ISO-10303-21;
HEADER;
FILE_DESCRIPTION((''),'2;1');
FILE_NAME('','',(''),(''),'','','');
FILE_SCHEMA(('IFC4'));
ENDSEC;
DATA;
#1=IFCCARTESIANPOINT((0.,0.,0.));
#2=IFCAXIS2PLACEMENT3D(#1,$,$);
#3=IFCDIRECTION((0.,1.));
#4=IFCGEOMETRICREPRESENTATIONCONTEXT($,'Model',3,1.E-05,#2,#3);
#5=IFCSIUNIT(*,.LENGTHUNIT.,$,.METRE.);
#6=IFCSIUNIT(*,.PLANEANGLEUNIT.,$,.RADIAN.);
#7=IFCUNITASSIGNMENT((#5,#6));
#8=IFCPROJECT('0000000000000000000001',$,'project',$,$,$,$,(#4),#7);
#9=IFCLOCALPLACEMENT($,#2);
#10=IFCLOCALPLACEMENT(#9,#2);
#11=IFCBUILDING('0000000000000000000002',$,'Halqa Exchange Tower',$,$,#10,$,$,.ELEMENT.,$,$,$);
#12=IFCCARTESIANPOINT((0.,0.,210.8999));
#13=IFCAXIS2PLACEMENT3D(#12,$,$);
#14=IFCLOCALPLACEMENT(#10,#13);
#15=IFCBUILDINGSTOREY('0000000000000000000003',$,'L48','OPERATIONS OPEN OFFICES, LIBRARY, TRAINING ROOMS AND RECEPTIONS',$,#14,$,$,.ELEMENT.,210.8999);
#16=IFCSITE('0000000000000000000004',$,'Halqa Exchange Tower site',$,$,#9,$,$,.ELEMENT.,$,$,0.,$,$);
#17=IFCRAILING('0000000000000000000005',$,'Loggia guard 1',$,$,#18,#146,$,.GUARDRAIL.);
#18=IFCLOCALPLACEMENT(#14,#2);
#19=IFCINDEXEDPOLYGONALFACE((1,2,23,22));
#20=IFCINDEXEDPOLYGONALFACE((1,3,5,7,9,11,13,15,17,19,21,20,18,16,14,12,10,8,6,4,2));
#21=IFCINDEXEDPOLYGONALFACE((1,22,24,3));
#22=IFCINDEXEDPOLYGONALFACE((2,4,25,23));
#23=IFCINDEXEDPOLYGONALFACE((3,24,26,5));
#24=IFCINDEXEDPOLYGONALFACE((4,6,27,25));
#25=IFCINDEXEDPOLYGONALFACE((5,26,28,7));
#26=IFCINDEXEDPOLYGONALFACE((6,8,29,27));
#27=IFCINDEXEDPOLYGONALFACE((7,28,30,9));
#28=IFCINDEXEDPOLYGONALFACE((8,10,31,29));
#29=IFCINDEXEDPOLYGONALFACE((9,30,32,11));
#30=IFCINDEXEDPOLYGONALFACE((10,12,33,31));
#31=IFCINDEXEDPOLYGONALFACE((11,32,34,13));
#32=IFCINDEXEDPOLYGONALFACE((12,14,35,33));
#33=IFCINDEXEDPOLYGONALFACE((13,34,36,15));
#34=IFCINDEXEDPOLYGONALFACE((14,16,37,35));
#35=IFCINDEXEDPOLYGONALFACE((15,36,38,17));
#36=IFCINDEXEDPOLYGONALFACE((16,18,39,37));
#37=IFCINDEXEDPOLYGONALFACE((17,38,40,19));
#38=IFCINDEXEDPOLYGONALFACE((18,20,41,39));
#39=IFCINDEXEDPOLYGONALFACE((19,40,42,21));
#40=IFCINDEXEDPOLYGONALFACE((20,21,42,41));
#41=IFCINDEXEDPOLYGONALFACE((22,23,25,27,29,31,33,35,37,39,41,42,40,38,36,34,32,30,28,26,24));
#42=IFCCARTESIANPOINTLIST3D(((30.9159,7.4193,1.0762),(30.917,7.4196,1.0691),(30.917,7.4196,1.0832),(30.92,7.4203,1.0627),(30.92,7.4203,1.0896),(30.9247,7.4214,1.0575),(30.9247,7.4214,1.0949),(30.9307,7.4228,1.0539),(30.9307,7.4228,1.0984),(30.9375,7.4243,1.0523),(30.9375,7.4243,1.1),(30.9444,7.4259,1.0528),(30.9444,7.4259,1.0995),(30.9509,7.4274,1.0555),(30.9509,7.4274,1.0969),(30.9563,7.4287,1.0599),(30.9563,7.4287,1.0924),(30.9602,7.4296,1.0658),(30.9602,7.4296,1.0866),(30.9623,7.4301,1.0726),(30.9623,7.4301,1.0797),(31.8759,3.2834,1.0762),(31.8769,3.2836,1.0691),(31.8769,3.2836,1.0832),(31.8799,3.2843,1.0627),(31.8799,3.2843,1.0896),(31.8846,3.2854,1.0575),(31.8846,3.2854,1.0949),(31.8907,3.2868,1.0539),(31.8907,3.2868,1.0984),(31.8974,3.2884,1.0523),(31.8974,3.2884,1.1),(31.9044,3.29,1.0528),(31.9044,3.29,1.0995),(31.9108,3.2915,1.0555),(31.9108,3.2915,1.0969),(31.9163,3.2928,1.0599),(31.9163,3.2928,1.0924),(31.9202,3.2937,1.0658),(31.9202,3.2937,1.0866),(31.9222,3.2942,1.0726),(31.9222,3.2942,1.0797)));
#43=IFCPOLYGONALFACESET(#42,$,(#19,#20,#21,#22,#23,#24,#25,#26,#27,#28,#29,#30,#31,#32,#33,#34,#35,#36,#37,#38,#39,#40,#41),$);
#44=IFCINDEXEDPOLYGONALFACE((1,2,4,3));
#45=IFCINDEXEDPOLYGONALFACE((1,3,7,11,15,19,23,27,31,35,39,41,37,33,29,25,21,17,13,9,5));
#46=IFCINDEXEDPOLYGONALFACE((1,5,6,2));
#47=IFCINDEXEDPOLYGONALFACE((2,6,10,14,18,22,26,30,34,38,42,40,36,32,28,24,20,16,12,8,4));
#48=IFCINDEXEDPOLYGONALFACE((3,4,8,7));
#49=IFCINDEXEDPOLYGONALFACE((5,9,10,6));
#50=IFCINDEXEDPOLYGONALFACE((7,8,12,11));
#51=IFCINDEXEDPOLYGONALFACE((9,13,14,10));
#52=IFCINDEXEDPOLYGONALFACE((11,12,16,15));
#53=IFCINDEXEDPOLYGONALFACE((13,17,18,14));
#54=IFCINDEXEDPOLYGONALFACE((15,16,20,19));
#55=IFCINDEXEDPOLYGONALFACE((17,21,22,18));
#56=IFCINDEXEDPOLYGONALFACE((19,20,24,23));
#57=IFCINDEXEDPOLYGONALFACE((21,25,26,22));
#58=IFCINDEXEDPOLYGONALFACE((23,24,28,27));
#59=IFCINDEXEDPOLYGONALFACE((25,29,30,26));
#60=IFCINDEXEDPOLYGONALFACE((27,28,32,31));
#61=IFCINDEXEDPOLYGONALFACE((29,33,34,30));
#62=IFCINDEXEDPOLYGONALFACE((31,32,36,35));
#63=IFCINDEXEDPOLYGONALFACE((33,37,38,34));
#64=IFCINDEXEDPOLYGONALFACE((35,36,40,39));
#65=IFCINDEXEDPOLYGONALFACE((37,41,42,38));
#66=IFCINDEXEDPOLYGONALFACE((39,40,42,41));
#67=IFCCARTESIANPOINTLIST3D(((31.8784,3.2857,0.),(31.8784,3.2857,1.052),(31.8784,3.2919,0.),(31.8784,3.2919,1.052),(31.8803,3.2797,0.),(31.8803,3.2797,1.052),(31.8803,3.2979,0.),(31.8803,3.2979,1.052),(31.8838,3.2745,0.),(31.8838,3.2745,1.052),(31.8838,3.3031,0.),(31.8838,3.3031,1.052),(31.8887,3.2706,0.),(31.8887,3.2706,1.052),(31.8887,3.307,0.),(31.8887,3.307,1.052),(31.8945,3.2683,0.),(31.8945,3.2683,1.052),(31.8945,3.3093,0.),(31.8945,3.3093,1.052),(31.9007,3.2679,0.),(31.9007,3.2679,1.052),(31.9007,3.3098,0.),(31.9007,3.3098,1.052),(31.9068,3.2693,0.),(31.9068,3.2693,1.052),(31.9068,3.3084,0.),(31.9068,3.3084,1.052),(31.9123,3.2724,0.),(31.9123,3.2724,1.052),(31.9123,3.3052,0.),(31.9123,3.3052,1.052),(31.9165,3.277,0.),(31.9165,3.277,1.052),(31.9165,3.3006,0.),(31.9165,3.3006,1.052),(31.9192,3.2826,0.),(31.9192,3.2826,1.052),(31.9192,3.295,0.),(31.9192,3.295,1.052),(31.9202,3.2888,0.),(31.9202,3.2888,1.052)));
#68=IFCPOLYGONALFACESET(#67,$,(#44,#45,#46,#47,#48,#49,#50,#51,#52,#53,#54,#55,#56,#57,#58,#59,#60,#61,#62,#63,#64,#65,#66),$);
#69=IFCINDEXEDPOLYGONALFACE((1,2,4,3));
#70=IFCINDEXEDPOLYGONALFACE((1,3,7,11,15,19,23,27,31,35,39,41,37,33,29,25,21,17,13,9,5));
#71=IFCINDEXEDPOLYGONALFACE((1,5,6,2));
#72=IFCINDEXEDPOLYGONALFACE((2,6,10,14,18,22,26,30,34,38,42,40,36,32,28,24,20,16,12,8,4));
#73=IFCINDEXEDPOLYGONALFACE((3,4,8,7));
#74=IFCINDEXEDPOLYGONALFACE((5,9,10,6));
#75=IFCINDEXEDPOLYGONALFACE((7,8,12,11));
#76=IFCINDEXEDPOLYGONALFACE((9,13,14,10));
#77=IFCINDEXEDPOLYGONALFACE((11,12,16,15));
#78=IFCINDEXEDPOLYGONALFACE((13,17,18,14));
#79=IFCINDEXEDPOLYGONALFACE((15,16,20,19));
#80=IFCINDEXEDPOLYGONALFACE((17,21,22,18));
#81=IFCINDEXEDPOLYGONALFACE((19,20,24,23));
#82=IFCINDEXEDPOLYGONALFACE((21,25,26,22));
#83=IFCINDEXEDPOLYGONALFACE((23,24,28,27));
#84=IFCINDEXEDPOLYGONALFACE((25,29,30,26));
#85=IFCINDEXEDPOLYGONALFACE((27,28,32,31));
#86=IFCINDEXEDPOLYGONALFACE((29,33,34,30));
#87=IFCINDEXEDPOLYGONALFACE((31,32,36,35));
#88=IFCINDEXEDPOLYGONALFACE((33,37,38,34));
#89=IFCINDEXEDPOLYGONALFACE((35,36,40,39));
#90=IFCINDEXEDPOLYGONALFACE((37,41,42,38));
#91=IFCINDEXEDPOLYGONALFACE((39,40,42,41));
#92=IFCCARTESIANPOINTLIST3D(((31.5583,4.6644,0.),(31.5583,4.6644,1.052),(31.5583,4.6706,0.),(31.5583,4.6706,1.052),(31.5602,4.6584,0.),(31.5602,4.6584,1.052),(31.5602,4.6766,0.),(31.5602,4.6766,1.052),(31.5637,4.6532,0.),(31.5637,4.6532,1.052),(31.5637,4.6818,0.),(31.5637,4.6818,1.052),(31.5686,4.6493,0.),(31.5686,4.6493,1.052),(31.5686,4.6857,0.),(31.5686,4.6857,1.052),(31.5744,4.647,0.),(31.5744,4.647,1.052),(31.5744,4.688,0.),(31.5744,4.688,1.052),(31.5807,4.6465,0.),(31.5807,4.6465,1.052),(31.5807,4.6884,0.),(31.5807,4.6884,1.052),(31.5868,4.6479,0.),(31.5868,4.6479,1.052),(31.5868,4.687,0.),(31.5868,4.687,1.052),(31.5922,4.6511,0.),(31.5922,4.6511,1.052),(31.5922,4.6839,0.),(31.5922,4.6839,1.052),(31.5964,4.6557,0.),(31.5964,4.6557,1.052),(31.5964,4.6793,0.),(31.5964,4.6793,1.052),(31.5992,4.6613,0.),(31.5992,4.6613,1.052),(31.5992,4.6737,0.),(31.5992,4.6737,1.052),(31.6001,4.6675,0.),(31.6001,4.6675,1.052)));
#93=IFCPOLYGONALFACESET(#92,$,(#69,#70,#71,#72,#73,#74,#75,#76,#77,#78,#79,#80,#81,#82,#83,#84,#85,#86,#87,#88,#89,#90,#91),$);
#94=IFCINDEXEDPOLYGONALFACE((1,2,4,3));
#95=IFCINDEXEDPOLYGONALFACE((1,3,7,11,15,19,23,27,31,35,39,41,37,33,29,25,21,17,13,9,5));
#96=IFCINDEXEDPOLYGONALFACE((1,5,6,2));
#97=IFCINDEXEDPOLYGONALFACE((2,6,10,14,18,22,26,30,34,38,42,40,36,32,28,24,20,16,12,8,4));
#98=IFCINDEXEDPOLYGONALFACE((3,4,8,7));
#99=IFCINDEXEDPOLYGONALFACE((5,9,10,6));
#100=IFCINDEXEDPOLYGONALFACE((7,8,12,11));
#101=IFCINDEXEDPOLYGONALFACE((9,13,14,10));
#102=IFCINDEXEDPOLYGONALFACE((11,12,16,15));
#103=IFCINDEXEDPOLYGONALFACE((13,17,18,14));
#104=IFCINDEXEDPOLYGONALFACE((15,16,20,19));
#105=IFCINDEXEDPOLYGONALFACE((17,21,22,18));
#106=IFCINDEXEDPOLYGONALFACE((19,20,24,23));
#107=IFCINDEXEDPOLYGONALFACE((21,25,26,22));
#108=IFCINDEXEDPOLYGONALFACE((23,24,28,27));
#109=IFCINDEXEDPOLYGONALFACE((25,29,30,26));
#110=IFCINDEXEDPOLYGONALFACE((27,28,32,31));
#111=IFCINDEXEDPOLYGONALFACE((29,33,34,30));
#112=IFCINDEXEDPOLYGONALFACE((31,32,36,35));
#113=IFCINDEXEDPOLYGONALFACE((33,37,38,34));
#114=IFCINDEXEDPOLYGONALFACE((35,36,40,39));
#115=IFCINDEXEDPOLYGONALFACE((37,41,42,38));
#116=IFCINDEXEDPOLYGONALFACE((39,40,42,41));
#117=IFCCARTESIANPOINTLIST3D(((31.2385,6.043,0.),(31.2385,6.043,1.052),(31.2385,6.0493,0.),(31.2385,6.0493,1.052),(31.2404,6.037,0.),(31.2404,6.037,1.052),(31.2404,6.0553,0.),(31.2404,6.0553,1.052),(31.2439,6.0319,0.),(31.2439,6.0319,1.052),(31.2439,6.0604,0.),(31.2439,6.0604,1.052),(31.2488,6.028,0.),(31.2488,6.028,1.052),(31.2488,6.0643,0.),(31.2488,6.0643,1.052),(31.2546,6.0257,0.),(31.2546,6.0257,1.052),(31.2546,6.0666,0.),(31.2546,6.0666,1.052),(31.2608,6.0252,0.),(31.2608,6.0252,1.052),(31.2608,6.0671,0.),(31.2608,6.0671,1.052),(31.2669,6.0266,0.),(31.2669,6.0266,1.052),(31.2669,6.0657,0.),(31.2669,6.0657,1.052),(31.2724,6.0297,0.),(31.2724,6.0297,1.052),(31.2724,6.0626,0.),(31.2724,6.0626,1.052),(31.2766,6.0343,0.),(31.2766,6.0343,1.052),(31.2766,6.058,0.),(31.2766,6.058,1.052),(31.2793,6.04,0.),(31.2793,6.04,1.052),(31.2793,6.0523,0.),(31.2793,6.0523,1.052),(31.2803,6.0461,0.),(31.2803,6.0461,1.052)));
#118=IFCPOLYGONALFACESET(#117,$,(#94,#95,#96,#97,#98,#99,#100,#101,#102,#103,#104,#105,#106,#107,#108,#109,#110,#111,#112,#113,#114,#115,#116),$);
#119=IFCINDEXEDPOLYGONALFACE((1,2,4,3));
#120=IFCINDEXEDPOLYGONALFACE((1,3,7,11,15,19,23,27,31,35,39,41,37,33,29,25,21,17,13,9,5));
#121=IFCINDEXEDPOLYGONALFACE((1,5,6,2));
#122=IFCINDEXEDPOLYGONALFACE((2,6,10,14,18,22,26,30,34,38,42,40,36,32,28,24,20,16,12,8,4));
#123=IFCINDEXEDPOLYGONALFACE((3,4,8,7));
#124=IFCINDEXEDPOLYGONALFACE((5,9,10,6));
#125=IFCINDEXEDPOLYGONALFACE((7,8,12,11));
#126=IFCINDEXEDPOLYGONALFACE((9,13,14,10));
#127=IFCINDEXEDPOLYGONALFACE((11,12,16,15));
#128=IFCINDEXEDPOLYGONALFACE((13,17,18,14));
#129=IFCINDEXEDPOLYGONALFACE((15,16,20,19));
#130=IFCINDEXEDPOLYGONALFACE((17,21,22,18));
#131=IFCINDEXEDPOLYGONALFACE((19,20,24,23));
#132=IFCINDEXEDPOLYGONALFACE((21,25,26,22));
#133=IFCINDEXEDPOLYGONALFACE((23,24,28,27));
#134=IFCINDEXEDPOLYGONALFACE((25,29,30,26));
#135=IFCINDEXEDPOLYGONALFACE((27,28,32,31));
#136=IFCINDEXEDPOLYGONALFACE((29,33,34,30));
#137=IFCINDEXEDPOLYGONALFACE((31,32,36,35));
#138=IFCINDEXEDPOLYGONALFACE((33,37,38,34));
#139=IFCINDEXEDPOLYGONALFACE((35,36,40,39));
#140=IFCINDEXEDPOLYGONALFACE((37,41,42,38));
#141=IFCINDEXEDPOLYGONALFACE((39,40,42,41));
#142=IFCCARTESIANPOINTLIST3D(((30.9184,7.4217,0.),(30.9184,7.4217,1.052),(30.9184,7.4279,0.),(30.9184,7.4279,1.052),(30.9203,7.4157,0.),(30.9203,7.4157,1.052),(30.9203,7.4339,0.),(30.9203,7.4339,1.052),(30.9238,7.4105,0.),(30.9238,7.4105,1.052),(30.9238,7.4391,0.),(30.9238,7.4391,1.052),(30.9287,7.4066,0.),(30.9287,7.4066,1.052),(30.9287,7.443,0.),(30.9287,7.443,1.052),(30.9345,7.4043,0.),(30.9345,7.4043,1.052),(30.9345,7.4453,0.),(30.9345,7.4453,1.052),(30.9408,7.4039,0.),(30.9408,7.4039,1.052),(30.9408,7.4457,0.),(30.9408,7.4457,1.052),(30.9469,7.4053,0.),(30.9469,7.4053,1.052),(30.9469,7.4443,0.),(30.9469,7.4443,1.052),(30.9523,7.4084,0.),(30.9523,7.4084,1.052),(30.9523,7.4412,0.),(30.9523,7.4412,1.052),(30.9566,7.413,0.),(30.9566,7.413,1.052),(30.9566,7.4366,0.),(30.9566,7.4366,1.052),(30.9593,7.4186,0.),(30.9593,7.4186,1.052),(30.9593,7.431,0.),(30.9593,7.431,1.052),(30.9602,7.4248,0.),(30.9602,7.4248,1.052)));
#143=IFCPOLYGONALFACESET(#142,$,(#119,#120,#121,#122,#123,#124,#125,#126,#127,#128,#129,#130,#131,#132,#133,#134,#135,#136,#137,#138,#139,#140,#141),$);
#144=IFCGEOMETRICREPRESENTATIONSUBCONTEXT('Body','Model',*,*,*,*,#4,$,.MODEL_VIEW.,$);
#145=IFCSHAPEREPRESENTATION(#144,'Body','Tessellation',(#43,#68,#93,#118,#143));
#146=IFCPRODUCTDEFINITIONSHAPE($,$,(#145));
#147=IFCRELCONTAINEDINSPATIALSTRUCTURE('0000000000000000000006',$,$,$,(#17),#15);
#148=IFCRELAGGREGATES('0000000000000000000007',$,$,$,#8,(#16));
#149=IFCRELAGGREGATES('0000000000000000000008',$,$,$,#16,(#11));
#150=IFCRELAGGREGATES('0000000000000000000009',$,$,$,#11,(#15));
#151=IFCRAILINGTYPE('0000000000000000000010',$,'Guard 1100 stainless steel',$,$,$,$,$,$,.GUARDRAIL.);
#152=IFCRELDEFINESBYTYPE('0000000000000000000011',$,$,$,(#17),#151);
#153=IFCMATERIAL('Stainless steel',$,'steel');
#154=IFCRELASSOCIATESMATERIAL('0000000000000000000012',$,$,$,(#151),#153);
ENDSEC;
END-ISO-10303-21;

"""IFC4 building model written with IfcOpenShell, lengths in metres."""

from ifc_helpers import new_model, si_unit, direction, frame, origin, origin_2d, place, context, subcontext, project, spatial, circle, extrude, material, type_object, element, save


model = new_model("IFC4")

# Units and contexts
model_context = context("Model", 3, precision=1e-05, world=origin(), true_north=direction((0.0, 1.0)))
body_context = subcontext(model_context, "Body", "Model", "MODEL_VIEW")
ifc_project = project(units=[si_unit("LENGTHUNIT", "METRE"), si_unit("PLANEANGLEUNIT", "RADIAN")], contexts=[model_context])

# Site, building, storey
site_placement = place(None, origin())
site = spatial("IfcSite", under=ifc_project, at=site_placement, Name="Halqa Exchange Tower site", CompositionType="ELEMENT", RefElevation=0.0)
building_placement = place(site_placement, origin())
building = spatial("IfcBuilding", under=site, at=building_placement, Name="Halqa Exchange Tower", CompositionType="ELEMENT")
storey_placement = place(building_placement, frame((0.0, 0.0, 210.8999)))
storey = spatial("IfcBuildingStorey", under=building, at=storey_placement, Name="L48", Description="OPERATIONS OPEN OFFICES, LIBRARY, TRAINING ROOMS AND RECEPTIONS", CompositionType="ELEMENT", Elevation=210.8999)

# Railing
ifc_material_1 = material(Name="Stainless steel", Category="steel")
railing_type = type_object("IfcRailingType", Name="Guard 1100 stainless steel", PredefinedType="GUARDRAIL", material=ifc_material_1)
railing_1_placement = place(storey_placement, frame((31.8992, 3.2888, 0.0)))
element("IfcRailing", 1, at=railing_1_placement, inside=storey, type_object=railing_type, Name="Loggia guard 1", PredefinedType="GUARDRAIL", context=body_context, shape_type="SweptSolid", body=[
    extrude(circle(Radius=0.0239, at=origin_2d()), frame((0.0, 0.0, 1.0762), z_axis=(-0.22609, 0.974106, 0.0), x_axis=(-0.974106, -0.22609, 0.0)), (0.0, 0.0, 1.0), 4.2458),
    extrude(circle(Radius=0.021, at=origin_2d()), origin(), (0.0, 0.0, 1.0), 1.052),
    extrude(circle(Radius=0.021, at=origin_2d()), frame((-0.3201, 1.3787, 0.0)), (0.0, 0.0, 1.0), 1.052),
    extrude(circle(Radius=0.021, at=origin_2d()), frame((-0.6399, 2.7573, 0.0)), (0.0, 0.0, 1.0), 1.052),
    extrude(circle(Radius=0.021, at=origin_2d()), frame((-0.96, 4.136, 0.0)), (0.0, 0.0, 1.0), 1.052),
])

save(model, "model.ifc")
